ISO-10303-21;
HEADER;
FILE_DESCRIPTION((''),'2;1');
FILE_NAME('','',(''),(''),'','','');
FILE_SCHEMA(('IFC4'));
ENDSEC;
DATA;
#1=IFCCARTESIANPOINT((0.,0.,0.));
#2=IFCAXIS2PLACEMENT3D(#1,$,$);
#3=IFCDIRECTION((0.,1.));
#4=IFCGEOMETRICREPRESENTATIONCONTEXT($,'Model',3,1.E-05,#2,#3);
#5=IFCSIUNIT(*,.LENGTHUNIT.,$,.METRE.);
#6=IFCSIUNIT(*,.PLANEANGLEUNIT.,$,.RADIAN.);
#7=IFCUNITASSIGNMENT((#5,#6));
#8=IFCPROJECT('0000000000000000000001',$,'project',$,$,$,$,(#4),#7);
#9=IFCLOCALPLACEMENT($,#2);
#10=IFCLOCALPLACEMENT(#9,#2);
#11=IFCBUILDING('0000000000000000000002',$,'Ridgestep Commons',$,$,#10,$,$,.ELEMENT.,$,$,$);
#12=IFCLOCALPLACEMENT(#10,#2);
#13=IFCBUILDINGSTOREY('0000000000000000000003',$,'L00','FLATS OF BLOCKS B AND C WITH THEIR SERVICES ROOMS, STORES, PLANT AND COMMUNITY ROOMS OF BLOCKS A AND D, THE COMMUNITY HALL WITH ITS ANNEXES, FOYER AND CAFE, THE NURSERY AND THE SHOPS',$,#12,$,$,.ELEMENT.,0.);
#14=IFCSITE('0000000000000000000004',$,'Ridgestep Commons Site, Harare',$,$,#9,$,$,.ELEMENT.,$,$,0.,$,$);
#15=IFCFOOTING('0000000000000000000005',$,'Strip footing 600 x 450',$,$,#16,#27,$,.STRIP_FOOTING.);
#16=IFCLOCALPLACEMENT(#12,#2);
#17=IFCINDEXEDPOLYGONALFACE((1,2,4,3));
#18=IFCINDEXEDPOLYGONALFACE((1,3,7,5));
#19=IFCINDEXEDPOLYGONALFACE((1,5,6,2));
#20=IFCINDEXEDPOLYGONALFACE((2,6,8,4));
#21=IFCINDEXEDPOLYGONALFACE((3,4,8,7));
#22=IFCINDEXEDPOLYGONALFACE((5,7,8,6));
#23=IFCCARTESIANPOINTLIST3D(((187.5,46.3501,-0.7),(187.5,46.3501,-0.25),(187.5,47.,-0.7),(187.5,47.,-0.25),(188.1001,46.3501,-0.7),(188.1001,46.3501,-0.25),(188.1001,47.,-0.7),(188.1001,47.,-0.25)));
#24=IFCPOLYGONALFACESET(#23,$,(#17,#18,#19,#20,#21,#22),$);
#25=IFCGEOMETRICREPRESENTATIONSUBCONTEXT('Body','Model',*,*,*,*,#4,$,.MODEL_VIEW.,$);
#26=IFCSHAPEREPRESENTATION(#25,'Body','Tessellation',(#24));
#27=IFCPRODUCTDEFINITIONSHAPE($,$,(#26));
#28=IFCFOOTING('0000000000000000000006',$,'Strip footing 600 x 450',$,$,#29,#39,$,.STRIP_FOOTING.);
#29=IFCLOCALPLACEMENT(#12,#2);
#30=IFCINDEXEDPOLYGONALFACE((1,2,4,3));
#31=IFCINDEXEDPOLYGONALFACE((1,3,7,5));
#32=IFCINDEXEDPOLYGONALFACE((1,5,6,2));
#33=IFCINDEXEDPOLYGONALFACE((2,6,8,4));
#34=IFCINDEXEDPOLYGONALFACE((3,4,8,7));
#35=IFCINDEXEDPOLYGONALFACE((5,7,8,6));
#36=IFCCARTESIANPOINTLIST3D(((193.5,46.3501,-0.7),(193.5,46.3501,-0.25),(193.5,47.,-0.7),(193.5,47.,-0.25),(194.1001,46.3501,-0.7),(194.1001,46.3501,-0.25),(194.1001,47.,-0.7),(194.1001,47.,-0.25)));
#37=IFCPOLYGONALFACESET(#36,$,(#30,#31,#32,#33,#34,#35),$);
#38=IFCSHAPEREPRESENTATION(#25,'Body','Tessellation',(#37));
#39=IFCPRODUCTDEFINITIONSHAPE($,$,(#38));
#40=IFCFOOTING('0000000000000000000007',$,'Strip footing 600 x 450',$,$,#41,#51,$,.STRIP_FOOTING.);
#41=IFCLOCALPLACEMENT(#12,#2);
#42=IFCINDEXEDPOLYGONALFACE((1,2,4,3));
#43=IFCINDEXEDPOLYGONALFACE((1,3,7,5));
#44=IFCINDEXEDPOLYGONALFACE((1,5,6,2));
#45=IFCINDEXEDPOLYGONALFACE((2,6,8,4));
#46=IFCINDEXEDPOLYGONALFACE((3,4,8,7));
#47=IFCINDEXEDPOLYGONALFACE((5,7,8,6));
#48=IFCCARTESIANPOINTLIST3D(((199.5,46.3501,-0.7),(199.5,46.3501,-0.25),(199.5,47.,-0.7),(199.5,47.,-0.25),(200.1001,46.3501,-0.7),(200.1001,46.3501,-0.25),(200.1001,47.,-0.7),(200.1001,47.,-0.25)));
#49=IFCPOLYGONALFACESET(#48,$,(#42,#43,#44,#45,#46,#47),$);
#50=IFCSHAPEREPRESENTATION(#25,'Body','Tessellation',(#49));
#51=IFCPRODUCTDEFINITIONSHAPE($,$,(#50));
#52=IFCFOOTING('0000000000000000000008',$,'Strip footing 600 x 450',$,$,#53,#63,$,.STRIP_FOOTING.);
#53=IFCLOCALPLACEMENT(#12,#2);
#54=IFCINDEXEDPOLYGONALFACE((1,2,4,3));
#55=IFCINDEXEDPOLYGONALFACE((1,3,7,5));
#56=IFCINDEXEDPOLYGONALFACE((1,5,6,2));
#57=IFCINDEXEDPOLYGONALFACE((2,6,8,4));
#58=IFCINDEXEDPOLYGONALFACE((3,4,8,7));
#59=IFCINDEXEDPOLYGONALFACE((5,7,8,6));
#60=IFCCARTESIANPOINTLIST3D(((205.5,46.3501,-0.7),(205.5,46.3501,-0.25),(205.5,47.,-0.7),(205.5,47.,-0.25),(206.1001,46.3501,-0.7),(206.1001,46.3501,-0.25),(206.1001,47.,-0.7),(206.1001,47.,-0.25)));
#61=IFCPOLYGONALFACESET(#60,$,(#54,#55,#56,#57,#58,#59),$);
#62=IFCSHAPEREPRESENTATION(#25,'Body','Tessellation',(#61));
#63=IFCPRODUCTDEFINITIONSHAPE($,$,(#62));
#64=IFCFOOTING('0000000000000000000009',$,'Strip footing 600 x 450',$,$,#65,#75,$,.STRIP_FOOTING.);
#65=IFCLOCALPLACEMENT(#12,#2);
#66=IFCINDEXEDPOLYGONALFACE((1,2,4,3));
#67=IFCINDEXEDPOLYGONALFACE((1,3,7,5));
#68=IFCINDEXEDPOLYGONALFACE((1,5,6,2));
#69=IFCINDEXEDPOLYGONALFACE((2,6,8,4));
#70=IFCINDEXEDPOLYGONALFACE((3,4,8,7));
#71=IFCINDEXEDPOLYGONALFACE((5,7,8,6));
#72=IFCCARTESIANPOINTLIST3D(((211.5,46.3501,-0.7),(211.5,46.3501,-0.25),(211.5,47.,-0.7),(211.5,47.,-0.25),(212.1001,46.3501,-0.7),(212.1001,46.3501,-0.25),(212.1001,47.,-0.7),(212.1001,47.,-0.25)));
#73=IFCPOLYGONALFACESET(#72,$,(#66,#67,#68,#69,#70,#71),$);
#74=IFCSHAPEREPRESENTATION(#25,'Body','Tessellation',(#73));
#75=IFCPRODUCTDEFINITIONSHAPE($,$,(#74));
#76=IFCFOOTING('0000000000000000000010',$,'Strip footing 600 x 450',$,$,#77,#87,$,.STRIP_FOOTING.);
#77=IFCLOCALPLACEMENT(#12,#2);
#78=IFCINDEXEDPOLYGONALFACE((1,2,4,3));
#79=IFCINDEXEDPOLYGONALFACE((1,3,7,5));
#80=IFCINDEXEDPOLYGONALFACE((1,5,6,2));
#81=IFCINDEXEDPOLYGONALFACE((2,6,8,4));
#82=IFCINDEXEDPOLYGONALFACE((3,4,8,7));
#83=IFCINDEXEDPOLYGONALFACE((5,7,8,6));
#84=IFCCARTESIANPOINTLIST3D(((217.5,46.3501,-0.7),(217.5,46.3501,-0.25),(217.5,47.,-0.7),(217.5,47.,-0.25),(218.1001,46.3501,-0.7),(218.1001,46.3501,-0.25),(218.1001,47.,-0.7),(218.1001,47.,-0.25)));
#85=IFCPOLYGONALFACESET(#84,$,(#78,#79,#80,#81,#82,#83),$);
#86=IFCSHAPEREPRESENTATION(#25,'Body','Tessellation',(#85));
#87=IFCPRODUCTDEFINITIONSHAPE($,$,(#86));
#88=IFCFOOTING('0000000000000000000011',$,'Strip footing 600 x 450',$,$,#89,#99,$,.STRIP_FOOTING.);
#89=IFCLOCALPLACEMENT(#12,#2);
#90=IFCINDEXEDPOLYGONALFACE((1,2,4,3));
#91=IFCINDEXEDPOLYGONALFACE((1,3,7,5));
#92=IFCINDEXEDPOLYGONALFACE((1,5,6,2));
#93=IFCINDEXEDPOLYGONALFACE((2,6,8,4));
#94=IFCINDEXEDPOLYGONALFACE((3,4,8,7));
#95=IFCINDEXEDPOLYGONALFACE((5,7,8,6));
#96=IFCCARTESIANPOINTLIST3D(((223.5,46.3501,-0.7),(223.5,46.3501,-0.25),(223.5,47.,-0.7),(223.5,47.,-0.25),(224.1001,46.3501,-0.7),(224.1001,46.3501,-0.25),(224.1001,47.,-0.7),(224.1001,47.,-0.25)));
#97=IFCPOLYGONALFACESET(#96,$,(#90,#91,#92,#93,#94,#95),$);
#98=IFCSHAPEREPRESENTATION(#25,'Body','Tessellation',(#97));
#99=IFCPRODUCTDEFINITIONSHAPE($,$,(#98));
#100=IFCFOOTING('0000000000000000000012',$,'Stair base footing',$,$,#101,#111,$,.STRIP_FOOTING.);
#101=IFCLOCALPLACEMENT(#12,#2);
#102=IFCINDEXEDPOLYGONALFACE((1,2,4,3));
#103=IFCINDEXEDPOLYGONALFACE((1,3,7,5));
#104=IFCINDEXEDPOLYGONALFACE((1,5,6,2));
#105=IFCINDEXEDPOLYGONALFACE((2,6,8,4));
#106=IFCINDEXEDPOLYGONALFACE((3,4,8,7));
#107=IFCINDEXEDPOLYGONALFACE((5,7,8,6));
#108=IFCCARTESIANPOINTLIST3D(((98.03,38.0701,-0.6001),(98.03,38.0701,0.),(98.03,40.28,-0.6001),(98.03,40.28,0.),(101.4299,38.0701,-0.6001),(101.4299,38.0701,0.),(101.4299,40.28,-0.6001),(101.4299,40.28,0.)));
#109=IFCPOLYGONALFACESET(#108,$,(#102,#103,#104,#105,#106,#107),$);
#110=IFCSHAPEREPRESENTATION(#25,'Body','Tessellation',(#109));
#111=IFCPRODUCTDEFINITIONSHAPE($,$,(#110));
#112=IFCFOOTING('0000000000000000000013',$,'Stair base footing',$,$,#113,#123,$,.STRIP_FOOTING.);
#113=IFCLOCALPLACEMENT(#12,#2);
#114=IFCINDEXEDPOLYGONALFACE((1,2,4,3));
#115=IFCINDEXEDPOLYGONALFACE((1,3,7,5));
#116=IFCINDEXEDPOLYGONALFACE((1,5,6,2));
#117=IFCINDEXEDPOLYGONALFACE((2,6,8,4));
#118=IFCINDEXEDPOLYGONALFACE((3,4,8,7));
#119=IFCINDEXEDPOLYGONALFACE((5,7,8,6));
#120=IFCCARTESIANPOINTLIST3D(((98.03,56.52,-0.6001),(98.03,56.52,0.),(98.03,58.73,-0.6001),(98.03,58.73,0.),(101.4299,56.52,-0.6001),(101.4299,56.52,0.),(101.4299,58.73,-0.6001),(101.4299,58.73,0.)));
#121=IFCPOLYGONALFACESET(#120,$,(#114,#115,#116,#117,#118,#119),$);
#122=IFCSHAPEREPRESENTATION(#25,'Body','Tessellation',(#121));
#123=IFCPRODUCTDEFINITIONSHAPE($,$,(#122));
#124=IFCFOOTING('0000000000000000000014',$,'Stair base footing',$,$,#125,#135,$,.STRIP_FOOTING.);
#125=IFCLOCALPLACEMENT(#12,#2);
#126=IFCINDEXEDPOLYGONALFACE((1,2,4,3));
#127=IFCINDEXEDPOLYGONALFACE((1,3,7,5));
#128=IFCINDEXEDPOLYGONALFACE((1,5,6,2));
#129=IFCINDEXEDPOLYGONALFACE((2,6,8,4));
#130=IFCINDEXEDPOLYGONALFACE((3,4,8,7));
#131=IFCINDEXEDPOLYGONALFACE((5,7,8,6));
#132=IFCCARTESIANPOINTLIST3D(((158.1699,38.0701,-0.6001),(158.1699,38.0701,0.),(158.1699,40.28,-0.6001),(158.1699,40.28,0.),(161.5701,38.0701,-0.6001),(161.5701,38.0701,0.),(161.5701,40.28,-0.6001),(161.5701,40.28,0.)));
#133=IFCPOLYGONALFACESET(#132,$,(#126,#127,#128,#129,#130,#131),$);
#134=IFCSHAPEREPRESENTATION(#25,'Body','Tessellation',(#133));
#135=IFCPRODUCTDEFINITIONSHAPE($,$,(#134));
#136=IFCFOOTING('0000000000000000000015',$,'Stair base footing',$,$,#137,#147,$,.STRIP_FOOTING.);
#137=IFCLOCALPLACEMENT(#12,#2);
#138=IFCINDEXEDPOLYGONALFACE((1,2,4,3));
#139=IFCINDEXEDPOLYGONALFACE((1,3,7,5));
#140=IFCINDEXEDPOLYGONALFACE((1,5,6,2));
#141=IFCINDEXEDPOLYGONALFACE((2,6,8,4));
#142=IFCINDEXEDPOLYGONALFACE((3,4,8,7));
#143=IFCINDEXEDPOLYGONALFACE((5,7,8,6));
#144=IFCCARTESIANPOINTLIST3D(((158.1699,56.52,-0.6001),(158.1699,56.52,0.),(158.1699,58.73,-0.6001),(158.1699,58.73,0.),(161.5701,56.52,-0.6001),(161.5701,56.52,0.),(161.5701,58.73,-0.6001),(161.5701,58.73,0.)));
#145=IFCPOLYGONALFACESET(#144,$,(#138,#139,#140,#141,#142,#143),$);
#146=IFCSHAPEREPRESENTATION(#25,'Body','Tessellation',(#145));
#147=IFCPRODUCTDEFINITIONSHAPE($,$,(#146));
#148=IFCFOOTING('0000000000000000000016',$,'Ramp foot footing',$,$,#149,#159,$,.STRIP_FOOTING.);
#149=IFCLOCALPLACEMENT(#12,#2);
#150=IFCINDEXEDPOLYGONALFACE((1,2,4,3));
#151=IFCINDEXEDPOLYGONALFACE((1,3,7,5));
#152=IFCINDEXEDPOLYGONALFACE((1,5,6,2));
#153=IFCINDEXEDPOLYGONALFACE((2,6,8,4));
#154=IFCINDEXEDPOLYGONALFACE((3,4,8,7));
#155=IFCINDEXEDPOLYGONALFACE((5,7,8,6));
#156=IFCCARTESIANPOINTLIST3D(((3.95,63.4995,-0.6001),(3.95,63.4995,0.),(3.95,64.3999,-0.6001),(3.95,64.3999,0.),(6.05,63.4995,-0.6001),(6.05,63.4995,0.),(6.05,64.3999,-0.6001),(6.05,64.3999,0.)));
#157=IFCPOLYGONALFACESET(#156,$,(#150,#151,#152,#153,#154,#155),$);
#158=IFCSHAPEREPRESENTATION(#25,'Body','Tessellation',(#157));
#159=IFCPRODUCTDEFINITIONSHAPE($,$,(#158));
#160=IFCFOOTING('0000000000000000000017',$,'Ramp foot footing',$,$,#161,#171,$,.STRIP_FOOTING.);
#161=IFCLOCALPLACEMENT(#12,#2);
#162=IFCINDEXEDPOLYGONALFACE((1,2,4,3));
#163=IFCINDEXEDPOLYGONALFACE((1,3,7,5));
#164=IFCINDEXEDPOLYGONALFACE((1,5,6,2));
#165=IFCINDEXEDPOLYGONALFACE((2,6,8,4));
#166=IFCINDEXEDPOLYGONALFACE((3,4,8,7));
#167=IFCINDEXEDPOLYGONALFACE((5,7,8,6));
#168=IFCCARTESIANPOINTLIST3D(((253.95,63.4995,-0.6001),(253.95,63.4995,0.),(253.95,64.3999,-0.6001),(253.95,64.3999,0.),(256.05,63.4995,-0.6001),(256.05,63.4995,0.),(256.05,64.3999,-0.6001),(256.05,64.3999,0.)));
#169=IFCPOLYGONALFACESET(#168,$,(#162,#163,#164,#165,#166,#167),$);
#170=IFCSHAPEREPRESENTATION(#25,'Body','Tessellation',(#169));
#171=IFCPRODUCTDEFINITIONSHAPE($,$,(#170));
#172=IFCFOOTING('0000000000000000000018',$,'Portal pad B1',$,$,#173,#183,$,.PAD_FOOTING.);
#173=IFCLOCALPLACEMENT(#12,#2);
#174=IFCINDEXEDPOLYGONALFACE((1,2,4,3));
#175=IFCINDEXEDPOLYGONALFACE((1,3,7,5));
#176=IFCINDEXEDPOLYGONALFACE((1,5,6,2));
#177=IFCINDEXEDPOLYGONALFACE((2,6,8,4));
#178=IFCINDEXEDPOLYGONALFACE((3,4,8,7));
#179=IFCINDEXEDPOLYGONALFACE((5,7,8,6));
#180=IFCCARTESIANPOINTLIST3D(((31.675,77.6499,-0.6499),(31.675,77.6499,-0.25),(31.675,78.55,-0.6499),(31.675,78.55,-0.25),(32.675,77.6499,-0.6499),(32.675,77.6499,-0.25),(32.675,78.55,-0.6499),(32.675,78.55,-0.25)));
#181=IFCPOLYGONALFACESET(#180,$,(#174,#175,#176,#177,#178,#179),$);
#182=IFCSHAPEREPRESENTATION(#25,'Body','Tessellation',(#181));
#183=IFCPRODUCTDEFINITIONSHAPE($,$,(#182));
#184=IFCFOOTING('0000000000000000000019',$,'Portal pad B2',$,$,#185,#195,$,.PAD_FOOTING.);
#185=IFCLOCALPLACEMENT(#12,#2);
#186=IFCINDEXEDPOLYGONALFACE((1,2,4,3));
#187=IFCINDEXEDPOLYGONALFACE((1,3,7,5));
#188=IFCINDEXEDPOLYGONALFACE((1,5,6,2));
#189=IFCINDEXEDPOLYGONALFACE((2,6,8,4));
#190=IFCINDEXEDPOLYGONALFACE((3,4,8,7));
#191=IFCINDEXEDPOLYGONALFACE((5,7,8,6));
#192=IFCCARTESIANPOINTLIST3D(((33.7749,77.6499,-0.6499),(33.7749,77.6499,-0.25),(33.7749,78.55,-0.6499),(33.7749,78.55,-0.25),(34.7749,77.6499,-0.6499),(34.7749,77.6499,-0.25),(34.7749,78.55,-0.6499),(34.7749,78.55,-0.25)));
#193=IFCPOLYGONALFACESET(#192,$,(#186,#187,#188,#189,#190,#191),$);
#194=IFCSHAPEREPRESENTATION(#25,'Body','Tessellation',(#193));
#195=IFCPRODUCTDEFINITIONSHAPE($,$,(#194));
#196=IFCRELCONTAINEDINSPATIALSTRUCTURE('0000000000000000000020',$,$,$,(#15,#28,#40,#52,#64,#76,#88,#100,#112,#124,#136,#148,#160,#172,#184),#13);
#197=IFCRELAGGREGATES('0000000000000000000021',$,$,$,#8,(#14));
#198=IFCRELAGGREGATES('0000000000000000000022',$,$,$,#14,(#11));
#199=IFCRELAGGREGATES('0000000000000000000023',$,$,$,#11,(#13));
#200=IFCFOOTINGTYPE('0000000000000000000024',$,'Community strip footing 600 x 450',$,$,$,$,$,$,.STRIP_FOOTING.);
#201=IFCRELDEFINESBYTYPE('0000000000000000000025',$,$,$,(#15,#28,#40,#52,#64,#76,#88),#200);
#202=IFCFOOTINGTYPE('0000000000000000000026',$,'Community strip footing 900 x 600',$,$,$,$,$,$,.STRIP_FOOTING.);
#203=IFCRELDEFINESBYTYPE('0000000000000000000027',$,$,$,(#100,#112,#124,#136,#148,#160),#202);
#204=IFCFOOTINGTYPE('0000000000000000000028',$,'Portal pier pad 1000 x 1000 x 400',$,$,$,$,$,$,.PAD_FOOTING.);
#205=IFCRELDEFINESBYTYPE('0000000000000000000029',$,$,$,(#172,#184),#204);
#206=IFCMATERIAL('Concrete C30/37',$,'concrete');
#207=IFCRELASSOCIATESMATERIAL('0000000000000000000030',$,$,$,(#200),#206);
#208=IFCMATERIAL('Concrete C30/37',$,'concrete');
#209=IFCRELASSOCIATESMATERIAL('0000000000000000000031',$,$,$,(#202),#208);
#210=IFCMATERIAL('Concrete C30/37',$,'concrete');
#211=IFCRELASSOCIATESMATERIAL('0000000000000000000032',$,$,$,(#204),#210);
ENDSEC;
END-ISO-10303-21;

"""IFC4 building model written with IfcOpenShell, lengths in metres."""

from ifc_helpers import new_model, si_unit, direction, frame, origin, place, context, subcontext, project, spatial, polyline, outline, extrude, material, type_object, element, save


model = new_model("IFC4")

# Units and contexts
model_context = context("Model", 3, precision=1e-05, world=origin(), true_north=direction((0.0, 1.0)))
body_context = subcontext(model_context, "Body", "Model", "MODEL_VIEW")
ifc_project = project(units=[si_unit("LENGTHUNIT", "METRE"), si_unit("PLANEANGLEUNIT", "RADIAN")], contexts=[model_context])

# Site, building, storey
site_placement = place(None, origin())
site = spatial("IfcSite", under=ifc_project, at=site_placement, Name="Ridgestep Commons Site, Harare", CompositionType="ELEMENT", RefElevation=0.0)
building_placement = place(site_placement, origin())
building = spatial("IfcBuilding", under=site, at=building_placement, Name="Ridgestep Commons", CompositionType="ELEMENT")
storey_placement = place(building_placement, origin())
storey = spatial("IfcBuildingStorey", under=building, at=storey_placement, Name="L00", Description="FLATS OF BLOCKS B AND C WITH THEIR SERVICES ROOMS, STORES, PLANT AND COMMUNITY ROOMS OF BLOCKS A AND D, THE COMMUNITY HALL WITH ITS ANNEXES, FOYER AND CAFE, THE NURSERY AND THE SHOPS", CompositionType="ELEMENT", Elevation=0.0)

# Footings
ifc_material_1 = material(Name="Concrete C30/37", Category="concrete")
footing_type_1 = type_object("IfcFootingType", Name="Community strip footing 600 x 450", PredefinedType="STRIP_FOOTING", material=ifc_material_1)
footing_1_placement = place(storey_placement, frame((0.0, 0.0, -0.7)))
element("IfcFooting", 1, at=footing_1_placement, inside=storey, type_object=footing_type_1, Name="Strip footing 600 x 450", PredefinedType="STRIP_FOOTING", context=body_context, shape_type="SweptSolid", body=[
    extrude(outline(polyline([(187.5, 46.3501), (188.1001, 46.3501), (188.1001, 47.0), (187.5, 47.0), (187.5, 46.3501)])), origin(), (0.0, 0.0, 1.0), 0.45),
])
footing_2_placement = place(storey_placement, frame((0.0, 0.0, -0.7)))
element("IfcFooting", 2, at=footing_2_placement, inside=storey, type_object=footing_type_1, Name="Strip footing 600 x 450", PredefinedType="STRIP_FOOTING", context=body_context, shape_type="SweptSolid", body=[
    extrude(outline(polyline([(193.5, 46.3501), (194.1001, 46.3501), (194.1001, 47.0), (193.5, 47.0), (193.5, 46.3501)])), origin(), (0.0, 0.0, 1.0), 0.45),
])
footing_3_placement = place(storey_placement, frame((0.0, 0.0, -0.7)))
element("IfcFooting", 3, at=footing_3_placement, inside=storey, type_object=footing_type_1, Name="Strip footing 600 x 450", PredefinedType="STRIP_FOOTING", context=body_context, shape_type="SweptSolid", body=[
    extrude(outline(polyline([(199.5, 46.3501), (200.1001, 46.3501), (200.1001, 47.0), (199.5, 47.0), (199.5, 46.3501)])), origin(), (0.0, 0.0, 1.0), 0.45),
])
footing_4_placement = place(storey_placement, frame((0.0, 0.0, -0.7)))
element("IfcFooting", 4, at=footing_4_placement, inside=storey, type_object=footing_type_1, Name="Strip footing 600 x 450", PredefinedType="STRIP_FOOTING", context=body_context, shape_type="SweptSolid", body=[
    extrude(outline(polyline([(205.5, 46.3501), (206.1001, 46.3501), (206.1001, 47.0), (205.5, 47.0), (205.5, 46.3501)])), origin(), (0.0, 0.0, 1.0), 0.45),
])
footing_5_placement = place(storey_placement, frame((0.0, 0.0, -0.7)))
element("IfcFooting", 5, at=footing_5_placement, inside=storey, type_object=footing_type_1, Name="Strip footing 600 x 450", PredefinedType="STRIP_FOOTING", context=body_context, shape_type="SweptSolid", body=[
    extrude(outline(polyline([(211.5, 46.3501), (212.1001, 46.3501), (212.1001, 47.0), (211.5, 47.0), (211.5, 46.3501)])), origin(), (0.0, 0.0, 1.0), 0.45),
])
footing_6_placement = place(storey_placement, frame((0.0, 0.0, -0.7)))
element("IfcFooting", 6, at=footing_6_placement, inside=storey, type_object=footing_type_1, Name="Strip footing 600 x 450", PredefinedType="STRIP_FOOTING", context=body_context, shape_type="SweptSolid", body=[
    extrude(outline(polyline([(217.5, 46.3501), (218.1001, 46.3501), (218.1001, 47.0), (217.5, 47.0), (217.5, 46.3501)])), origin(), (0.0, 0.0, 1.0), 0.45),
])
footing_7_placement = place(storey_placement, frame((0.0, 0.0, -0.7)))
element("IfcFooting", 7, at=footing_7_placement, inside=storey, type_object=footing_type_1, Name="Strip footing 600 x 450", PredefinedType="STRIP_FOOTING", context=body_context, shape_type="SweptSolid", body=[
    extrude(outline(polyline([(223.5, 46.3501), (224.1001, 46.3501), (224.1001, 47.0), (223.5, 47.0), (223.5, 46.3501)])), origin(), (0.0, 0.0, 1.0), 0.45),
])
ifc_material_2 = material(Name="Concrete C30/37", Category="concrete")
footing_type_2 = type_object("IfcFootingType", Name="Community strip footing 900 x 600", PredefinedType="STRIP_FOOTING", material=ifc_material_2)
footing_8_placement = place(storey_placement, frame((0.0, 0.0, -0.6001)))
element("IfcFooting", 8, at=footing_8_placement, inside=storey, type_object=footing_type_2, Name="Stair base footing", PredefinedType="STRIP_FOOTING", context=body_context, shape_type="SweptSolid", body=[
    extrude(outline(polyline([(98.03, 40.28), (101.4299, 40.28), (101.4299, 38.0701), (98.03, 38.0701), (98.03, 40.28)])), origin(), (0.0, 0.0, 1.0), 0.6001),
])
footing_9_placement = place(storey_placement, frame((0.0, 0.0, -0.6001)))
element("IfcFooting", 9, at=footing_9_placement, inside=storey, type_object=footing_type_2, Name="Stair base footing", PredefinedType="STRIP_FOOTING", context=body_context, shape_type="SweptSolid", body=[
    extrude(outline(polyline([(101.4299, 56.52), (98.03, 56.52), (98.03, 58.73), (101.4299, 58.73), (101.4299, 56.52)])), origin(), (0.0, 0.0, 1.0), 0.6001),
])
footing_10_placement = place(storey_placement, frame((0.0, 0.0, -0.6001)))
element("IfcFooting", 10, at=footing_10_placement, inside=storey, type_object=footing_type_2, Name="Stair base footing", PredefinedType="STRIP_FOOTING", context=body_context, shape_type="SweptSolid", body=[
    extrude(outline(polyline([(158.1699, 40.28), (161.5701, 40.28), (161.5701, 38.0701), (158.1699, 38.0701), (158.1699, 40.28)])), origin(), (0.0, 0.0, 1.0), 0.6001),
])
footing_11_placement = place(storey_placement, frame((0.0, 0.0, -0.6001)))
element("IfcFooting", 11, at=footing_11_placement, inside=storey, type_object=footing_type_2, Name="Stair base footing", PredefinedType="STRIP_FOOTING", context=body_context, shape_type="SweptSolid", body=[
    extrude(outline(polyline([(161.5701, 56.52), (158.1699, 56.52), (158.1699, 58.73), (161.5701, 58.73), (161.5701, 56.52)])), origin(), (0.0, 0.0, 1.0), 0.6001),
])
footing_12_placement = place(storey_placement, frame((0.0, 0.0, -0.6001)))
element("IfcFooting", 12, at=footing_12_placement, inside=storey, type_object=footing_type_2, Name="Ramp foot footing", PredefinedType="STRIP_FOOTING", context=body_context, shape_type="SweptSolid", body=[
    extrude(outline(polyline([(3.95, 63.4995), (6.05, 63.4995), (6.05, 64.3999), (3.95, 64.3999), (3.95, 63.4995)])), origin(), (0.0, 0.0, 1.0), 0.6001),
])
footing_13_placement = place(storey_placement, frame((0.0, 0.0, -0.6001)))
element("IfcFooting", 13, at=footing_13_placement, inside=storey, type_object=footing_type_2, Name="Ramp foot footing", PredefinedType="STRIP_FOOTING", context=body_context, shape_type="SweptSolid", body=[
    extrude(outline(polyline([(253.95, 63.4995), (256.05, 63.4995), (256.05, 64.3999), (253.95, 64.3999), (253.95, 63.4995)])), origin(), (0.0, 0.0, 1.0), 0.6001),
])
ifc_material_3 = material(Name="Concrete C30/37", Category="concrete")
footing_type_3 = type_object("IfcFootingType", Name="Portal pier pad 1000 x 1000 x 400", PredefinedType="PAD_FOOTING", material=ifc_material_3)
footing_14_placement = place(storey_placement, frame((0.0, 0.0, -0.6499)))
element("IfcFooting", 14, at=footing_14_placement, inside=storey, type_object=footing_type_3, Name="Portal pad B1", PredefinedType="PAD_FOOTING", context=body_context, shape_type="SweptSolid", body=[
    extrude(outline(polyline([(31.675, 77.6499), (32.675, 77.6499), (32.675, 78.55), (31.675, 78.55), (31.675, 77.6499)])), origin(), (0.0, 0.0, 1.0), 0.3999),
])
footing_15_placement = place(storey_placement, frame((0.0, 0.0, -0.6499)))
element("IfcFooting", 15, at=footing_15_placement, inside=storey, type_object=footing_type_3, Name="Portal pad B2", PredefinedType="PAD_FOOTING", context=body_context, shape_type="SweptSolid", body=[
    extrude(outline(polyline([(33.7749, 77.6499), (34.7749, 77.6499), (34.7749, 78.55), (33.7749, 78.55), (33.7749, 77.6499)])), origin(), (0.0, 0.0, 1.0), 0.3999),
])

save(model, "model.ifc")
